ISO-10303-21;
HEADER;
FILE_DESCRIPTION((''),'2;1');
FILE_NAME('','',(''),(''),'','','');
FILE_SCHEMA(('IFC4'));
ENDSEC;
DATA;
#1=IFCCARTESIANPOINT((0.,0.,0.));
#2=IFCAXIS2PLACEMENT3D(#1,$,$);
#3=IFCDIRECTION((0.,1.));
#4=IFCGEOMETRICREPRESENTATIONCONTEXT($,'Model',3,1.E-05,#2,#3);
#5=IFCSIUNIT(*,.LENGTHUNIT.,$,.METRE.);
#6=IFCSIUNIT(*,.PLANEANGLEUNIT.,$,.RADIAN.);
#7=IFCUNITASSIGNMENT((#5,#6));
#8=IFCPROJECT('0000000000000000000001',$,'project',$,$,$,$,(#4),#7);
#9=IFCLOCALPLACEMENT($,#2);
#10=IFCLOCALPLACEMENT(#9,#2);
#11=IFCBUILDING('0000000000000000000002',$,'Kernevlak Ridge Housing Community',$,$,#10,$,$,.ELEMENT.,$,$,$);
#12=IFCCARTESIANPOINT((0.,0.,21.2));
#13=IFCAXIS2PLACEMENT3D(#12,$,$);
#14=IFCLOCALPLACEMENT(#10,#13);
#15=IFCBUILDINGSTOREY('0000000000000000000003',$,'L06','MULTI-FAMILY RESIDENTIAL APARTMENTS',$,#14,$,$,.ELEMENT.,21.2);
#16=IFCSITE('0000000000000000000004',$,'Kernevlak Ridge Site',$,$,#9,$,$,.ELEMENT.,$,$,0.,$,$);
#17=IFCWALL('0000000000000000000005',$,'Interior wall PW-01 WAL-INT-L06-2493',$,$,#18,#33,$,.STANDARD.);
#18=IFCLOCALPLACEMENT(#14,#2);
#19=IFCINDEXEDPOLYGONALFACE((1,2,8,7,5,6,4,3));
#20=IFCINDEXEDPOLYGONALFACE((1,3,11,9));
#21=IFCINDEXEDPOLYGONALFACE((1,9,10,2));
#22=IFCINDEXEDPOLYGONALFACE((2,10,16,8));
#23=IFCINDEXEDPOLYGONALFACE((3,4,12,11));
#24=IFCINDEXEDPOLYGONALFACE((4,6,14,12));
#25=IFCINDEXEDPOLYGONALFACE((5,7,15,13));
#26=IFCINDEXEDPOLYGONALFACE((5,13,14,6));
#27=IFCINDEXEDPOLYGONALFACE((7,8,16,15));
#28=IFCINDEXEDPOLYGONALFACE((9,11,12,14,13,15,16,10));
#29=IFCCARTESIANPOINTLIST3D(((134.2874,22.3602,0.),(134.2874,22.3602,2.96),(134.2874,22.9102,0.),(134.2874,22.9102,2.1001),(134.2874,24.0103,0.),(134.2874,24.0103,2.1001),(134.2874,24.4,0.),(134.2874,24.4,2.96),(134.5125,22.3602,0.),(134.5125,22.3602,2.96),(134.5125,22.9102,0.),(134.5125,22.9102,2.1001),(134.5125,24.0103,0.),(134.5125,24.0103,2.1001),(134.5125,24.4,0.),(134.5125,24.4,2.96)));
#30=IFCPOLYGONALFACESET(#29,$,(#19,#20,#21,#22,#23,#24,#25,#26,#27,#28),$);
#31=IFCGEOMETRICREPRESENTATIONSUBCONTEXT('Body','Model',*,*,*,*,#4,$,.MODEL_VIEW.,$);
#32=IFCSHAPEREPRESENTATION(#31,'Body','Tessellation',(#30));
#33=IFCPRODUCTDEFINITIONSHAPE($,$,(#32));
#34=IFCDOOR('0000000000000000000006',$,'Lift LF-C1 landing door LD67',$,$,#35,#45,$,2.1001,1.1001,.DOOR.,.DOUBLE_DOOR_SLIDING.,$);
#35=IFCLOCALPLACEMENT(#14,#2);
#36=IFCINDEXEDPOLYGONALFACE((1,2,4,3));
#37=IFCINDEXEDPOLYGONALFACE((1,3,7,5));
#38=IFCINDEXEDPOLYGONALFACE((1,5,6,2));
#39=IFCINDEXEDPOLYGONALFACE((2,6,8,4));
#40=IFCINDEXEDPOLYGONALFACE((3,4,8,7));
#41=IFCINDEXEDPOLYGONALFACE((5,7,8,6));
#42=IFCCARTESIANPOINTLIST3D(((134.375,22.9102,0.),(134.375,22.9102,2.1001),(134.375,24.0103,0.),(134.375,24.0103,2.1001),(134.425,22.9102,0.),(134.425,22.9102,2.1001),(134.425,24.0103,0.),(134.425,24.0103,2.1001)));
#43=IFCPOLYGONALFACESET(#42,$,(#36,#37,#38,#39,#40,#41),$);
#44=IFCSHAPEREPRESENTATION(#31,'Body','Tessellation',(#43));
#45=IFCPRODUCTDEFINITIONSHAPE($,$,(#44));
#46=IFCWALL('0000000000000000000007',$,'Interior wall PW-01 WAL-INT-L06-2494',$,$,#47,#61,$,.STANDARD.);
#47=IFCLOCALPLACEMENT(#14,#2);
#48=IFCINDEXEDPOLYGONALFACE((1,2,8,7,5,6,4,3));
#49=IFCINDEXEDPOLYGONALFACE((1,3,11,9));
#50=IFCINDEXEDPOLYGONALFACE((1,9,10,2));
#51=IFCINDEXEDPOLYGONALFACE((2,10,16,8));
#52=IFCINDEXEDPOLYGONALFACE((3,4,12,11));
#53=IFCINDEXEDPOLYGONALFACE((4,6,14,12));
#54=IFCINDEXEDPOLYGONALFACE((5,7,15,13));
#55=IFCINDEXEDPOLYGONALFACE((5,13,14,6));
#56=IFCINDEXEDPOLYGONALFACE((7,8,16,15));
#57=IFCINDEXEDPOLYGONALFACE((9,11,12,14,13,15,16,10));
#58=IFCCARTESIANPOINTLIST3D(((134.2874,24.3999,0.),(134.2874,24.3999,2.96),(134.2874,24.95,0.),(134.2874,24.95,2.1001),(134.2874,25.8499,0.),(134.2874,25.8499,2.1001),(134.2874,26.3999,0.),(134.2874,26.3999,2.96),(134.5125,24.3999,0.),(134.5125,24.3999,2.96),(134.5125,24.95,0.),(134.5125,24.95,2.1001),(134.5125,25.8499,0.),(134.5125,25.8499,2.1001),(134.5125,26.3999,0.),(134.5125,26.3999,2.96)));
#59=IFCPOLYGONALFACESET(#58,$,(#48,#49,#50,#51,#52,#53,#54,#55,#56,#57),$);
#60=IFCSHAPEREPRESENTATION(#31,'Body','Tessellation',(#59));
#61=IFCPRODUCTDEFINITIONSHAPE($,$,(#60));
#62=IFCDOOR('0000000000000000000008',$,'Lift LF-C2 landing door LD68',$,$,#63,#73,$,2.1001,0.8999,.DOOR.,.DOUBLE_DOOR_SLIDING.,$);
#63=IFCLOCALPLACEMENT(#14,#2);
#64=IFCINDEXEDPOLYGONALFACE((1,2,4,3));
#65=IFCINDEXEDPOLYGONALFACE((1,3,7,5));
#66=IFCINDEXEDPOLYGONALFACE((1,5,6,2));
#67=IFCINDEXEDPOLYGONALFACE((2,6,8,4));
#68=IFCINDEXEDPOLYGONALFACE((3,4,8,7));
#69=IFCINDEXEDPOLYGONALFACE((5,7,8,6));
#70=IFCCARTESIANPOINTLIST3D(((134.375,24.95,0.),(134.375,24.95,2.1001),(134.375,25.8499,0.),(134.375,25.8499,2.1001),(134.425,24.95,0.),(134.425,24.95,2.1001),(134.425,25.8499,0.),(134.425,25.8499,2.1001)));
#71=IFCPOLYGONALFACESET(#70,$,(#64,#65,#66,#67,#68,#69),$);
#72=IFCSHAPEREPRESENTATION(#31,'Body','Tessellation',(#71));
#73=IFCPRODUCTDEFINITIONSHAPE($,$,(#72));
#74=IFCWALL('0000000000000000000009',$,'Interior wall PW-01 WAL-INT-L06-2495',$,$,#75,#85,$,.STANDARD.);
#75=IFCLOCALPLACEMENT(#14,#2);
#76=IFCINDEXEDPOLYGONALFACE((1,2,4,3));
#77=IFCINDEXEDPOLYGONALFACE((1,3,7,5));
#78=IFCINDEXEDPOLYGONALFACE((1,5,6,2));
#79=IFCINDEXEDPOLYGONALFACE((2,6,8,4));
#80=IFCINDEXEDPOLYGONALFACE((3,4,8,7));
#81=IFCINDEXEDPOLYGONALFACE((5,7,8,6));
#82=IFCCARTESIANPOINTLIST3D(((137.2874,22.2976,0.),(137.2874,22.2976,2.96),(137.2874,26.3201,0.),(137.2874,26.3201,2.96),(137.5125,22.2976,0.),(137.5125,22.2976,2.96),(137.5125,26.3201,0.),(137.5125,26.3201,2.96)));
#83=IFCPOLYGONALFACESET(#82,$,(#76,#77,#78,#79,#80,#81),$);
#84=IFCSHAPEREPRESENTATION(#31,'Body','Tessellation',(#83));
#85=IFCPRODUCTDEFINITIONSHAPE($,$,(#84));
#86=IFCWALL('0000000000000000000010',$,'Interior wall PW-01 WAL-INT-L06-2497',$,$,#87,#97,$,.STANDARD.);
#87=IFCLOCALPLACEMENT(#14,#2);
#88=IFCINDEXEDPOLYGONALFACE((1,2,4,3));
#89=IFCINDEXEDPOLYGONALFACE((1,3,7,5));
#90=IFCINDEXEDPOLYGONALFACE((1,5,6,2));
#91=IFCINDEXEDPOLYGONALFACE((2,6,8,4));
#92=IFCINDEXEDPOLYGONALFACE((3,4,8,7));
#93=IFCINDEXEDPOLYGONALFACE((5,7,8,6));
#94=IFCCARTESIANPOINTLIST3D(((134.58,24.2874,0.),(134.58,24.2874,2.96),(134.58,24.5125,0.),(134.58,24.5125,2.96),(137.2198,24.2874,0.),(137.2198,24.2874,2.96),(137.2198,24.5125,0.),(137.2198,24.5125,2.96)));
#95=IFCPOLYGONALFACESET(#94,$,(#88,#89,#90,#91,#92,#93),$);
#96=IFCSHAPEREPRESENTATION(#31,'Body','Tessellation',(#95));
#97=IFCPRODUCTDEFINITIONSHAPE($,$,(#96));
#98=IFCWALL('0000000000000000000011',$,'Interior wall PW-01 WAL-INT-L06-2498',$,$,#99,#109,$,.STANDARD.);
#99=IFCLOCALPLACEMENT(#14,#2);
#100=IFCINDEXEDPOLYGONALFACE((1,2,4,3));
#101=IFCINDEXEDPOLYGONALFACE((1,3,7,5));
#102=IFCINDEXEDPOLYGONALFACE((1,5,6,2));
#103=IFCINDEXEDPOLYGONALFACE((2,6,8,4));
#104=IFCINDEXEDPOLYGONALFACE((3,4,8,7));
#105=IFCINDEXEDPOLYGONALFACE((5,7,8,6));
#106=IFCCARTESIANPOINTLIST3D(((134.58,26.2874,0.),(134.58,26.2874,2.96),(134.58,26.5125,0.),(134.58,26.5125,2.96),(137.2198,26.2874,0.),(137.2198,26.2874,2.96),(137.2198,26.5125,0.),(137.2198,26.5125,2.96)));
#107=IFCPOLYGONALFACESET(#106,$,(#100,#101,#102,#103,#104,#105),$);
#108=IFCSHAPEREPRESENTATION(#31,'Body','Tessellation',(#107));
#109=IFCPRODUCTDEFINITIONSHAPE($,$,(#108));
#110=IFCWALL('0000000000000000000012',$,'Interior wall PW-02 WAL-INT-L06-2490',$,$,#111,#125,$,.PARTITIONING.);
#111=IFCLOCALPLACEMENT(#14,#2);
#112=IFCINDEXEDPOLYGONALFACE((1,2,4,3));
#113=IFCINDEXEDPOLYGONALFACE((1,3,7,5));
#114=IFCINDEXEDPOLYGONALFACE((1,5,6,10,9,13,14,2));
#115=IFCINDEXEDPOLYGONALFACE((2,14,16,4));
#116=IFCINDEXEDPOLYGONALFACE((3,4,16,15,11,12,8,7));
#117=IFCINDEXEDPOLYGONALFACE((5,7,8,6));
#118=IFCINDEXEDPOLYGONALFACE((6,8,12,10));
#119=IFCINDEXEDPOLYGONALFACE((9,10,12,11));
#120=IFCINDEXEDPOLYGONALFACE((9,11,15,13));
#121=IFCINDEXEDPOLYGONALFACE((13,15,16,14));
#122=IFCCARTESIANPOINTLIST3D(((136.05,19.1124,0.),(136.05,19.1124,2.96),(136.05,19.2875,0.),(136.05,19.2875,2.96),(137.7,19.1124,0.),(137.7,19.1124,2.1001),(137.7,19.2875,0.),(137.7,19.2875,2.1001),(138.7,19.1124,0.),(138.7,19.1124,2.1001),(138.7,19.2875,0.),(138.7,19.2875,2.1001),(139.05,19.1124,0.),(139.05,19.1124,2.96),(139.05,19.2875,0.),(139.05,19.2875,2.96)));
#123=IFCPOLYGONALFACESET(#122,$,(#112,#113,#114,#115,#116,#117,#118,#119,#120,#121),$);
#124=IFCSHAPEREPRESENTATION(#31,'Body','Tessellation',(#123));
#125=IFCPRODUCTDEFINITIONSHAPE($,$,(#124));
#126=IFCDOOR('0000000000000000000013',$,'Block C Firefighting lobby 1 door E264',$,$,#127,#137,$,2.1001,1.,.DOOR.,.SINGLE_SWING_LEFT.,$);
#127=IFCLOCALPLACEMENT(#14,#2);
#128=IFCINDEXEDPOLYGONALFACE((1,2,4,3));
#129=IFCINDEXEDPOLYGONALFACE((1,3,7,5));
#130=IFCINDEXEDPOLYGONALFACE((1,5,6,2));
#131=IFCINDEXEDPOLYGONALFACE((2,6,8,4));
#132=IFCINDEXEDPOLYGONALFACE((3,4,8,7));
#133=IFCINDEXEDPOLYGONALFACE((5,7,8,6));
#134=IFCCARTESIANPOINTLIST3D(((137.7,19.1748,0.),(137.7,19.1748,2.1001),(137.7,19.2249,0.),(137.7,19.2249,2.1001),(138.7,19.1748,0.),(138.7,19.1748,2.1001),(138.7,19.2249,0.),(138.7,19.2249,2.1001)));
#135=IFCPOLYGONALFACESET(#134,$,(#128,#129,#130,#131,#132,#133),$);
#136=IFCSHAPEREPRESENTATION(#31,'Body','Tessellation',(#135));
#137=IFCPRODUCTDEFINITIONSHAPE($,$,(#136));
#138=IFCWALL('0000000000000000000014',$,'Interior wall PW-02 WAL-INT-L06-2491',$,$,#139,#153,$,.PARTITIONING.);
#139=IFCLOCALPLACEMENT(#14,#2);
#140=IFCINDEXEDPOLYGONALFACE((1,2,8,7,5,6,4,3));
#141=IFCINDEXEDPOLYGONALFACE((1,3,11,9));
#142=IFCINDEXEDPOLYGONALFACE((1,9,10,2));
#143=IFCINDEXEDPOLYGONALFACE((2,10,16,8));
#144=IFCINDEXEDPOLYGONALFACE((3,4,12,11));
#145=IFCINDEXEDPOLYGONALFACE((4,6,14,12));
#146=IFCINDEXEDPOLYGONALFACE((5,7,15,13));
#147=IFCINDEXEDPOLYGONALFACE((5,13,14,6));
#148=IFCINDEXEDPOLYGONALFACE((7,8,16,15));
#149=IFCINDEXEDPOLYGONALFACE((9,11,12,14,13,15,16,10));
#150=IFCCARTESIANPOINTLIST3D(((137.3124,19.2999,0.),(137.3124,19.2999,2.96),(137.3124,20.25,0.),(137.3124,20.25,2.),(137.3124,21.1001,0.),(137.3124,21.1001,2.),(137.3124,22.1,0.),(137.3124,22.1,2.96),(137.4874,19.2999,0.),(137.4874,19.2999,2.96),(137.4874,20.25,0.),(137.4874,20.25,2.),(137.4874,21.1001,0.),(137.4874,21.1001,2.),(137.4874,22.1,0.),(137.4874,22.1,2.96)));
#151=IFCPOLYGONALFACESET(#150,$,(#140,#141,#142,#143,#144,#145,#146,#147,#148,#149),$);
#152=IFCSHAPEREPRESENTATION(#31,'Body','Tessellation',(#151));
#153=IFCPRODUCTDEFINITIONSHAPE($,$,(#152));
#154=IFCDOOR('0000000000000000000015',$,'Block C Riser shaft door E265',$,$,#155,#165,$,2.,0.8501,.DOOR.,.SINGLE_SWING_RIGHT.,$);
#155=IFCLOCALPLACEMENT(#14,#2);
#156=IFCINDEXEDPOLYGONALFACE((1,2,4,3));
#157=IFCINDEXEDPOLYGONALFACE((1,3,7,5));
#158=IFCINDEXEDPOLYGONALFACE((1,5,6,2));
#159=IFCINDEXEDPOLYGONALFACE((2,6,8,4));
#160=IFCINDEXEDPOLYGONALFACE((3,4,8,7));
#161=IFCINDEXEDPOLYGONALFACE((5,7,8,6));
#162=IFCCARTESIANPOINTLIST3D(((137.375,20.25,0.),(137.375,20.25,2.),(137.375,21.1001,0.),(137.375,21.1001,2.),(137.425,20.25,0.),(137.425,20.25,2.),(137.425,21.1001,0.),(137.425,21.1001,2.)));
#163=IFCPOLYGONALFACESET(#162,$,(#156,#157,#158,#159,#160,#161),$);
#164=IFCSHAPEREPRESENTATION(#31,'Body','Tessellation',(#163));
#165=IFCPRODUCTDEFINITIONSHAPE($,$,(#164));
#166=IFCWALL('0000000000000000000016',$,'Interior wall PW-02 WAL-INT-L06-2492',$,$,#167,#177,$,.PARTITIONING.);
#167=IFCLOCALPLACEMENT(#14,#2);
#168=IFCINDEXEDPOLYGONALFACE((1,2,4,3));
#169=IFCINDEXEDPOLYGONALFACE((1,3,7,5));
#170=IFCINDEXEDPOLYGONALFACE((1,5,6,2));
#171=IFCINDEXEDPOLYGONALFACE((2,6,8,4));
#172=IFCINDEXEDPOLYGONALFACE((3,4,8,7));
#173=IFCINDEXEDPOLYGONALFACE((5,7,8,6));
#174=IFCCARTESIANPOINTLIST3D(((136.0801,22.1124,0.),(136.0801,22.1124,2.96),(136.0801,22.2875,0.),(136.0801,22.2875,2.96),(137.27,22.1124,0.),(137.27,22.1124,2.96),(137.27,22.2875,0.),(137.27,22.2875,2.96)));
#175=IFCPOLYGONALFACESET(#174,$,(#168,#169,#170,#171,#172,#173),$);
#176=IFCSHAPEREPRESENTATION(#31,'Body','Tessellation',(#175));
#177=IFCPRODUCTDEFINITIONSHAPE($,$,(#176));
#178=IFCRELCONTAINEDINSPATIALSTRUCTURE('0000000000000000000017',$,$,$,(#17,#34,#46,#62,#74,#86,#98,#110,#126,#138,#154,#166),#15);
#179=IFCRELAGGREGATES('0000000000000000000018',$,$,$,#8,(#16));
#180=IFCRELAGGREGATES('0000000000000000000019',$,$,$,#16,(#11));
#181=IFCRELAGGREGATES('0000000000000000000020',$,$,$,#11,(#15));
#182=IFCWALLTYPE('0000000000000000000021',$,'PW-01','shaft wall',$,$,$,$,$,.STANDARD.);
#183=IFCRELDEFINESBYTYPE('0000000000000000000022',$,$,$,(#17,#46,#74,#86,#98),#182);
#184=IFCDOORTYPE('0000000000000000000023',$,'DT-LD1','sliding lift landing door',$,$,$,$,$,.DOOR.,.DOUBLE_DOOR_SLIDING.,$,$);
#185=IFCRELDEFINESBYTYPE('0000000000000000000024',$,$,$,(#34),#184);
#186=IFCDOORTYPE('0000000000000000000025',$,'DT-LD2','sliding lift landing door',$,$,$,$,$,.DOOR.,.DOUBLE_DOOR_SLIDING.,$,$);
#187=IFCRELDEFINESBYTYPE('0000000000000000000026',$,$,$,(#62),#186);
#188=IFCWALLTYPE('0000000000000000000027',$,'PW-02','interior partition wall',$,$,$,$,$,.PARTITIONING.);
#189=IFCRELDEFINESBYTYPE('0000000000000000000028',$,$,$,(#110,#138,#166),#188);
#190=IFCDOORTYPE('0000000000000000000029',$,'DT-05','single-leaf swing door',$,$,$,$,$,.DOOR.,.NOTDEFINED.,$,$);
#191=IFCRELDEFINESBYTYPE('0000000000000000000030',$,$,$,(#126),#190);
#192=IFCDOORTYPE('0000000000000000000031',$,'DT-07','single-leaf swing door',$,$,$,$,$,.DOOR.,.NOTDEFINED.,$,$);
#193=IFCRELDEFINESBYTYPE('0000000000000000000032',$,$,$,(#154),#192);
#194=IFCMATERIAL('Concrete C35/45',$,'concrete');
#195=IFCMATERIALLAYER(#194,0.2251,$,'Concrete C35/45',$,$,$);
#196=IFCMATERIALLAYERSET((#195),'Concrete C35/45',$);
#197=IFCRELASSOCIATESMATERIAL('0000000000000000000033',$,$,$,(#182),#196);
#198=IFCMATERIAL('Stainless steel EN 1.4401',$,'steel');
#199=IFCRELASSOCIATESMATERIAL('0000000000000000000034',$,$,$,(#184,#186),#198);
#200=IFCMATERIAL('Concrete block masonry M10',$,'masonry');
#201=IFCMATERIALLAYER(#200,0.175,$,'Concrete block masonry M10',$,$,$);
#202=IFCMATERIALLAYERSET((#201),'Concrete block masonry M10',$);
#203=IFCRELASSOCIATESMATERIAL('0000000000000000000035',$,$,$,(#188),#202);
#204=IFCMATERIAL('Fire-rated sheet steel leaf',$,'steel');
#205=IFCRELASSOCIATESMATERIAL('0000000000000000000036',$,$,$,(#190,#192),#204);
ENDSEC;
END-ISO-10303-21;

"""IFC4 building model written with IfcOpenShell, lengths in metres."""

from ifc_helpers import new_model, si_unit, direction, frame, frame_2d, origin, place, context, subcontext, project, spatial, rectangle, extrude, material, layer, layer_set, type_object, element, fill, save


model = new_model("IFC4")

# Units and contexts
model_context = context("Model", 3, precision=1e-05, world=origin(), true_north=direction((0.0, 1.0)))
body_context = subcontext(model_context, "Body", "Model", "MODEL_VIEW")
ifc_project = project(units=[si_unit("LENGTHUNIT", "METRE"), si_unit("PLANEANGLEUNIT", "RADIAN")], contexts=[model_context])

# Site, building, storey
site_placement = place(None, origin())
site = spatial("IfcSite", under=ifc_project, at=site_placement, Name="Kernevlak Ridge Site", CompositionType="ELEMENT", RefElevation=0.0)
building_placement = place(site_placement, origin())
building = spatial("IfcBuilding", under=site, at=building_placement, Name="Kernevlak Ridge Housing Community", CompositionType="ELEMENT")
storey_placement = place(building_placement, frame((0.0, 0.0, 21.2)))
storey = spatial("IfcBuildingStorey", under=building, at=storey_placement, Name="L06", Description="MULTI-FAMILY RESIDENTIAL APARTMENTS", CompositionType="ELEMENT", Elevation=21.2)

# Shared definitions
ifc_material_1 = material(Name="Concrete C35/45", Category="concrete")

# Walls, openings, doors
ifc_layer_1 = layer(ifc_material_1, 0.2251, Name="Concrete C35/45")
ifc_layer_set_1 = layer_set([ifc_layer_1], Name="Concrete C35/45")
wall_type_1 = type_object("IfcWallType", Name="PW-01", Description="shaft wall", PredefinedType="STANDARD", material=ifc_layer_set_1)
ifc_material_2 = material(Name="Fire-rated sheet steel leaf", Category="steel")
wall_1_placement = place(storey_placement, frame((134.3999, 22.3601, 0.0), z_axis=(0.0, 0.0, 1.0), x_axis=(0.0, 1.0, 0.0)))
wall_1 = element("IfcWall", 1, at=wall_1_placement, inside=storey, type_object=wall_type_1, Name="Interior wall PW-01 WAL-INT-L06-2493", PredefinedType="STANDARD", context=body_context, shape_type="SweptSolid", body=[
    extrude(rectangle(XDim=2.0398, YDim=0.2251, at=frame_2d((1.02, 0.0))), origin(), (0.0, 0.0, 1.0), 2.96),
])
opening_1_placement = place(wall_1_placement, frame((0.55, 0.0, 0.0)))
opening_1 = element("IfcOpeningElement", 2, at=opening_1_placement, cuts=wall_1, PredefinedType="OPENING", context=body_context, shape_type="SweptSolid", body=[
    extrude(rectangle(XDim=1.1001, YDim=2.1001, at=frame_2d((0.55, 1.05))), frame((0.0, 0.1226, 0.0), z_axis=(0.0, -1.0, 0.0), x_axis=(1.0, 0.0, 0.0)), (0.0, 0.0, 1.0), 0.2451),
])
ifc_material_3 = material(Name="Stainless steel EN 1.4401", Category="steel")
door_type_1 = type_object("IfcDoorType", Name="DT-LD1", Description="sliding lift landing door", OperationType="DOUBLE_DOOR_SLIDING", PredefinedType="DOOR", material=ifc_material_3)
door_1_placement = place(opening_1_placement, origin())
door_1 = element("IfcDoor", 3, at=door_1_placement, inside=storey, type_object=door_type_1, Name="Lift LF-C1 landing door LD67", OperationType="DOUBLE_DOOR_SLIDING", OverallHeight=2.1001, OverallWidth=1.1001, PredefinedType="DOOR", context=body_context, shape_type="SweptSolid", body=[
    extrude(rectangle(XDim=1.1001, YDim=2.1001, at=frame_2d((0.55, 1.05))), frame((0.0, 0.0249, 0.0), z_axis=(0.0, -1.0, 0.0), x_axis=(1.0, 0.0, 0.0)), (0.0, 0.0, 1.0), 0.05),
])
fill(opening_1, door_1)
wall_2_placement = place(storey_placement, frame((134.3999, 24.3999, 0.0), z_axis=(0.0, 0.0, 1.0), x_axis=(0.0, 1.0, 0.0)))
wall_2 = element("IfcWall", 4, at=wall_2_placement, inside=storey, type_object=wall_type_1, Name="Interior wall PW-01 WAL-INT-L06-2494", PredefinedType="STANDARD", context=body_context, shape_type="SweptSolid", body=[
    extrude(rectangle(XDim=2.0, YDim=0.2251, at=frame_2d((1.0, 0.0))), origin(), (0.0, 0.0, 1.0), 2.96),
])
opening_2_placement = place(wall_2_placement, frame((0.55, 0.0, 0.0)))
opening_2 = element("IfcOpeningElement", 5, at=opening_2_placement, cuts=wall_2, PredefinedType="OPENING", context=body_context, shape_type="SweptSolid", body=[
    extrude(rectangle(XDim=0.8999, YDim=2.1001, at=frame_2d((0.45, 1.05))), frame((0.0, 0.1226, 0.0), z_axis=(0.0, -1.0, 0.0), x_axis=(1.0, 0.0, 0.0)), (0.0, 0.0, 1.0), 0.2451),
])
door_type_2 = type_object("IfcDoorType", Name="DT-LD2", Description="sliding lift landing door", OperationType="DOUBLE_DOOR_SLIDING", PredefinedType="DOOR", material=ifc_material_3)
door_2_placement = place(opening_2_placement, origin())
door_2 = element("IfcDoor", 6, at=door_2_placement, inside=storey, type_object=door_type_2, Name="Lift LF-C2 landing door LD68", OperationType="DOUBLE_DOOR_SLIDING", OverallHeight=2.1001, OverallWidth=0.8999, PredefinedType="DOOR", context=body_context, shape_type="SweptSolid", body=[
    extrude(rectangle(XDim=0.8999, YDim=2.1001, at=frame_2d((0.45, 1.05))), frame((0.0, 0.0249, 0.0), z_axis=(0.0, -1.0, 0.0), x_axis=(1.0, 0.0, 0.0)), (0.0, 0.0, 1.0), 0.05),
])
fill(opening_2, door_2)

# Walls
wall_3_placement = place(storey_placement, frame((137.3999, 22.2976, 0.0), z_axis=(0.0, 0.0, 1.0), x_axis=(0.0, 1.0, 0.0)))
element("IfcWall", 7, at=wall_3_placement, inside=storey, type_object=wall_type_1, Name="Interior wall PW-01 WAL-INT-L06-2495", PredefinedType="STANDARD", context=body_context, shape_type="SweptSolid", body=[
    extrude(rectangle(XDim=4.0225, YDim=0.2251, at=frame_2d((2.0112, 0.0))), origin(), (0.0, 0.0, 1.0), 2.96),
])
for number, where, z_axis, x_axis, name in (
    (8, (134.5801, 24.3999, 0.0), (0.0, 0.0, 1.0), (1.0, 0.0, 0.0), "Interior wall PW-01 WAL-INT-L06-2497"),
    (9, (134.5801, 26.3999, 0.0), (0.0, 0.0, 1.0), (1.0, 0.0, 0.0), "Interior wall PW-01 WAL-INT-L06-2498"),
):
    element("IfcWall", number, at=place(storey_placement, frame(where, z_axis=z_axis, x_axis=x_axis)), inside=storey, type_object=wall_type_1, Name=name, PredefinedType="STANDARD", context=body_context, shape_type="SweptSolid", body=[
        extrude(rectangle(XDim=2.6399, YDim=0.2251, at=frame_2d((1.3198, 0.0))), origin(), (0.0, 0.0, 1.0), 2.96),
    ])

# Walls, openings, doors
ifc_material_4 = material(Name="Concrete block masonry M10", Category="masonry")
ifc_layer_2 = layer(ifc_material_4, 0.175, Name="Concrete block masonry M10")
ifc_layer_set_2 = layer_set([ifc_layer_2], Name="Concrete block masonry M10")
wall_type_2 = type_object("IfcWallType", Name="PW-02", Description="interior partition wall", PredefinedType="PARTITIONING", material=ifc_layer_set_2)
wall_4_placement = place(storey_placement, frame((136.05, 19.2, 0.0), z_axis=(0.0, 0.0, 1.0), x_axis=(1.0, 0.0, 0.0)))
wall_4 = element("IfcWall", 10, at=wall_4_placement, inside=storey, type_object=wall_type_2, Name="Interior wall PW-02 WAL-INT-L06-2490", PredefinedType="PARTITIONING", context=body_context, shape_type="SweptSolid", body=[
    extrude(rectangle(XDim=3.0, YDim=0.175, at=frame_2d((1.5, 0.0))), origin(), (0.0, 0.0, 1.0), 2.96),
])
opening_3_placement = place(wall_4_placement, frame((1.6499, 0.0, 0.0)))
opening_3 = element("IfcOpeningElement", 11, at=opening_3_placement, cuts=wall_4, PredefinedType="OPENING", context=body_context, shape_type="SweptSolid", body=[
    extrude(rectangle(XDim=1.0, YDim=2.1001, at=frame_2d((0.5, 1.05))), frame((0.0, 0.0974, 0.0), z_axis=(0.0, -1.0, 0.0), x_axis=(1.0, 0.0, 0.0)), (0.0, 0.0, 1.0), 0.1951),
])
door_type_3 = type_object("IfcDoorType", Name="DT-05", Description="single-leaf swing door", OperationType="NOTDEFINED", PredefinedType="DOOR", material=ifc_material_2)
door_3_placement = place(opening_3_placement, origin())
door_3 = element("IfcDoor", 12, at=door_3_placement, inside=storey, type_object=door_type_3, Name="Block C Firefighting lobby 1 door E264", OperationType="SINGLE_SWING_LEFT", OverallHeight=2.1001, OverallWidth=1.0, PredefinedType="DOOR", context=body_context, shape_type="SweptSolid", body=[
    extrude(rectangle(XDim=1.0, YDim=2.1001, at=frame_2d((0.5, 1.05))), frame((0.0, 0.0249, 0.0), z_axis=(0.0, -1.0, 0.0), x_axis=(1.0, 0.0, 0.0)), (0.0, 0.0, 1.0), 0.05),
])
fill(opening_3, door_3)
wall_5_placement = place(storey_placement, frame((137.3999, 19.3, 0.0), z_axis=(0.0, 0.0, 1.0), x_axis=(0.0, 1.0, 0.0)))
wall_5 = element("IfcWall", 13, at=wall_5_placement, inside=storey, type_object=wall_type_2, Name="Interior wall PW-02 WAL-INT-L06-2491", PredefinedType="PARTITIONING", context=body_context, shape_type="SweptSolid", body=[
    extrude(rectangle(XDim=2.8, YDim=0.175, at=frame_2d((1.3999, 0.0))), origin(), (0.0, 0.0, 1.0), 2.96),
])
opening_4_placement = place(wall_5_placement, frame((0.95, 0.0, 0.0)))
opening_4 = element("IfcOpeningElement", 14, at=opening_4_placement, cuts=wall_5, PredefinedType="OPENING", context=body_context, shape_type="SweptSolid", body=[
    extrude(rectangle(XDim=0.8501, YDim=2.0, at=frame_2d((0.425, 1.0))), frame((0.0, 0.0974, 0.0), z_axis=(0.0, -1.0, 0.0), x_axis=(1.0, 0.0, 0.0)), (0.0, 0.0, 1.0), 0.1951),
])
door_type_4 = type_object("IfcDoorType", Name="DT-07", Description="single-leaf swing door", OperationType="NOTDEFINED", PredefinedType="DOOR", material=ifc_material_2)
door_4_placement = place(opening_4_placement, origin())
door_4 = element("IfcDoor", 15, at=door_4_placement, inside=storey, type_object=door_type_4, Name="Block C Riser shaft door E265", OperationType="SINGLE_SWING_RIGHT", OverallHeight=2.0, OverallWidth=0.8501, PredefinedType="DOOR", context=body_context, shape_type="SweptSolid", body=[
    extrude(rectangle(XDim=0.8501, YDim=2.0, at=frame_2d((0.425, 1.0))), frame((0.0, 0.0249, 0.0), z_axis=(0.0, -1.0, 0.0), x_axis=(1.0, 0.0, 0.0)), (0.0, 0.0, 1.0), 0.05),
])
fill(opening_4, door_4)

# Wall
wall_6_placement = place(storey_placement, frame((136.0801, 22.2, 0.0), z_axis=(0.0, 0.0, 1.0), x_axis=(1.0, 0.0, 0.0)))
element("IfcWall", 16, at=wall_6_placement, inside=storey, type_object=wall_type_2, Name="Interior wall PW-02 WAL-INT-L06-2492", PredefinedType="PARTITIONING", context=body_context, shape_type="SweptSolid", body=[
    extrude(rectangle(XDim=1.1899, YDim=0.175, at=frame_2d((0.595, 0.0))), origin(), (0.0, 0.0, 1.0), 2.96),
])

save(model, "model.ifc")
